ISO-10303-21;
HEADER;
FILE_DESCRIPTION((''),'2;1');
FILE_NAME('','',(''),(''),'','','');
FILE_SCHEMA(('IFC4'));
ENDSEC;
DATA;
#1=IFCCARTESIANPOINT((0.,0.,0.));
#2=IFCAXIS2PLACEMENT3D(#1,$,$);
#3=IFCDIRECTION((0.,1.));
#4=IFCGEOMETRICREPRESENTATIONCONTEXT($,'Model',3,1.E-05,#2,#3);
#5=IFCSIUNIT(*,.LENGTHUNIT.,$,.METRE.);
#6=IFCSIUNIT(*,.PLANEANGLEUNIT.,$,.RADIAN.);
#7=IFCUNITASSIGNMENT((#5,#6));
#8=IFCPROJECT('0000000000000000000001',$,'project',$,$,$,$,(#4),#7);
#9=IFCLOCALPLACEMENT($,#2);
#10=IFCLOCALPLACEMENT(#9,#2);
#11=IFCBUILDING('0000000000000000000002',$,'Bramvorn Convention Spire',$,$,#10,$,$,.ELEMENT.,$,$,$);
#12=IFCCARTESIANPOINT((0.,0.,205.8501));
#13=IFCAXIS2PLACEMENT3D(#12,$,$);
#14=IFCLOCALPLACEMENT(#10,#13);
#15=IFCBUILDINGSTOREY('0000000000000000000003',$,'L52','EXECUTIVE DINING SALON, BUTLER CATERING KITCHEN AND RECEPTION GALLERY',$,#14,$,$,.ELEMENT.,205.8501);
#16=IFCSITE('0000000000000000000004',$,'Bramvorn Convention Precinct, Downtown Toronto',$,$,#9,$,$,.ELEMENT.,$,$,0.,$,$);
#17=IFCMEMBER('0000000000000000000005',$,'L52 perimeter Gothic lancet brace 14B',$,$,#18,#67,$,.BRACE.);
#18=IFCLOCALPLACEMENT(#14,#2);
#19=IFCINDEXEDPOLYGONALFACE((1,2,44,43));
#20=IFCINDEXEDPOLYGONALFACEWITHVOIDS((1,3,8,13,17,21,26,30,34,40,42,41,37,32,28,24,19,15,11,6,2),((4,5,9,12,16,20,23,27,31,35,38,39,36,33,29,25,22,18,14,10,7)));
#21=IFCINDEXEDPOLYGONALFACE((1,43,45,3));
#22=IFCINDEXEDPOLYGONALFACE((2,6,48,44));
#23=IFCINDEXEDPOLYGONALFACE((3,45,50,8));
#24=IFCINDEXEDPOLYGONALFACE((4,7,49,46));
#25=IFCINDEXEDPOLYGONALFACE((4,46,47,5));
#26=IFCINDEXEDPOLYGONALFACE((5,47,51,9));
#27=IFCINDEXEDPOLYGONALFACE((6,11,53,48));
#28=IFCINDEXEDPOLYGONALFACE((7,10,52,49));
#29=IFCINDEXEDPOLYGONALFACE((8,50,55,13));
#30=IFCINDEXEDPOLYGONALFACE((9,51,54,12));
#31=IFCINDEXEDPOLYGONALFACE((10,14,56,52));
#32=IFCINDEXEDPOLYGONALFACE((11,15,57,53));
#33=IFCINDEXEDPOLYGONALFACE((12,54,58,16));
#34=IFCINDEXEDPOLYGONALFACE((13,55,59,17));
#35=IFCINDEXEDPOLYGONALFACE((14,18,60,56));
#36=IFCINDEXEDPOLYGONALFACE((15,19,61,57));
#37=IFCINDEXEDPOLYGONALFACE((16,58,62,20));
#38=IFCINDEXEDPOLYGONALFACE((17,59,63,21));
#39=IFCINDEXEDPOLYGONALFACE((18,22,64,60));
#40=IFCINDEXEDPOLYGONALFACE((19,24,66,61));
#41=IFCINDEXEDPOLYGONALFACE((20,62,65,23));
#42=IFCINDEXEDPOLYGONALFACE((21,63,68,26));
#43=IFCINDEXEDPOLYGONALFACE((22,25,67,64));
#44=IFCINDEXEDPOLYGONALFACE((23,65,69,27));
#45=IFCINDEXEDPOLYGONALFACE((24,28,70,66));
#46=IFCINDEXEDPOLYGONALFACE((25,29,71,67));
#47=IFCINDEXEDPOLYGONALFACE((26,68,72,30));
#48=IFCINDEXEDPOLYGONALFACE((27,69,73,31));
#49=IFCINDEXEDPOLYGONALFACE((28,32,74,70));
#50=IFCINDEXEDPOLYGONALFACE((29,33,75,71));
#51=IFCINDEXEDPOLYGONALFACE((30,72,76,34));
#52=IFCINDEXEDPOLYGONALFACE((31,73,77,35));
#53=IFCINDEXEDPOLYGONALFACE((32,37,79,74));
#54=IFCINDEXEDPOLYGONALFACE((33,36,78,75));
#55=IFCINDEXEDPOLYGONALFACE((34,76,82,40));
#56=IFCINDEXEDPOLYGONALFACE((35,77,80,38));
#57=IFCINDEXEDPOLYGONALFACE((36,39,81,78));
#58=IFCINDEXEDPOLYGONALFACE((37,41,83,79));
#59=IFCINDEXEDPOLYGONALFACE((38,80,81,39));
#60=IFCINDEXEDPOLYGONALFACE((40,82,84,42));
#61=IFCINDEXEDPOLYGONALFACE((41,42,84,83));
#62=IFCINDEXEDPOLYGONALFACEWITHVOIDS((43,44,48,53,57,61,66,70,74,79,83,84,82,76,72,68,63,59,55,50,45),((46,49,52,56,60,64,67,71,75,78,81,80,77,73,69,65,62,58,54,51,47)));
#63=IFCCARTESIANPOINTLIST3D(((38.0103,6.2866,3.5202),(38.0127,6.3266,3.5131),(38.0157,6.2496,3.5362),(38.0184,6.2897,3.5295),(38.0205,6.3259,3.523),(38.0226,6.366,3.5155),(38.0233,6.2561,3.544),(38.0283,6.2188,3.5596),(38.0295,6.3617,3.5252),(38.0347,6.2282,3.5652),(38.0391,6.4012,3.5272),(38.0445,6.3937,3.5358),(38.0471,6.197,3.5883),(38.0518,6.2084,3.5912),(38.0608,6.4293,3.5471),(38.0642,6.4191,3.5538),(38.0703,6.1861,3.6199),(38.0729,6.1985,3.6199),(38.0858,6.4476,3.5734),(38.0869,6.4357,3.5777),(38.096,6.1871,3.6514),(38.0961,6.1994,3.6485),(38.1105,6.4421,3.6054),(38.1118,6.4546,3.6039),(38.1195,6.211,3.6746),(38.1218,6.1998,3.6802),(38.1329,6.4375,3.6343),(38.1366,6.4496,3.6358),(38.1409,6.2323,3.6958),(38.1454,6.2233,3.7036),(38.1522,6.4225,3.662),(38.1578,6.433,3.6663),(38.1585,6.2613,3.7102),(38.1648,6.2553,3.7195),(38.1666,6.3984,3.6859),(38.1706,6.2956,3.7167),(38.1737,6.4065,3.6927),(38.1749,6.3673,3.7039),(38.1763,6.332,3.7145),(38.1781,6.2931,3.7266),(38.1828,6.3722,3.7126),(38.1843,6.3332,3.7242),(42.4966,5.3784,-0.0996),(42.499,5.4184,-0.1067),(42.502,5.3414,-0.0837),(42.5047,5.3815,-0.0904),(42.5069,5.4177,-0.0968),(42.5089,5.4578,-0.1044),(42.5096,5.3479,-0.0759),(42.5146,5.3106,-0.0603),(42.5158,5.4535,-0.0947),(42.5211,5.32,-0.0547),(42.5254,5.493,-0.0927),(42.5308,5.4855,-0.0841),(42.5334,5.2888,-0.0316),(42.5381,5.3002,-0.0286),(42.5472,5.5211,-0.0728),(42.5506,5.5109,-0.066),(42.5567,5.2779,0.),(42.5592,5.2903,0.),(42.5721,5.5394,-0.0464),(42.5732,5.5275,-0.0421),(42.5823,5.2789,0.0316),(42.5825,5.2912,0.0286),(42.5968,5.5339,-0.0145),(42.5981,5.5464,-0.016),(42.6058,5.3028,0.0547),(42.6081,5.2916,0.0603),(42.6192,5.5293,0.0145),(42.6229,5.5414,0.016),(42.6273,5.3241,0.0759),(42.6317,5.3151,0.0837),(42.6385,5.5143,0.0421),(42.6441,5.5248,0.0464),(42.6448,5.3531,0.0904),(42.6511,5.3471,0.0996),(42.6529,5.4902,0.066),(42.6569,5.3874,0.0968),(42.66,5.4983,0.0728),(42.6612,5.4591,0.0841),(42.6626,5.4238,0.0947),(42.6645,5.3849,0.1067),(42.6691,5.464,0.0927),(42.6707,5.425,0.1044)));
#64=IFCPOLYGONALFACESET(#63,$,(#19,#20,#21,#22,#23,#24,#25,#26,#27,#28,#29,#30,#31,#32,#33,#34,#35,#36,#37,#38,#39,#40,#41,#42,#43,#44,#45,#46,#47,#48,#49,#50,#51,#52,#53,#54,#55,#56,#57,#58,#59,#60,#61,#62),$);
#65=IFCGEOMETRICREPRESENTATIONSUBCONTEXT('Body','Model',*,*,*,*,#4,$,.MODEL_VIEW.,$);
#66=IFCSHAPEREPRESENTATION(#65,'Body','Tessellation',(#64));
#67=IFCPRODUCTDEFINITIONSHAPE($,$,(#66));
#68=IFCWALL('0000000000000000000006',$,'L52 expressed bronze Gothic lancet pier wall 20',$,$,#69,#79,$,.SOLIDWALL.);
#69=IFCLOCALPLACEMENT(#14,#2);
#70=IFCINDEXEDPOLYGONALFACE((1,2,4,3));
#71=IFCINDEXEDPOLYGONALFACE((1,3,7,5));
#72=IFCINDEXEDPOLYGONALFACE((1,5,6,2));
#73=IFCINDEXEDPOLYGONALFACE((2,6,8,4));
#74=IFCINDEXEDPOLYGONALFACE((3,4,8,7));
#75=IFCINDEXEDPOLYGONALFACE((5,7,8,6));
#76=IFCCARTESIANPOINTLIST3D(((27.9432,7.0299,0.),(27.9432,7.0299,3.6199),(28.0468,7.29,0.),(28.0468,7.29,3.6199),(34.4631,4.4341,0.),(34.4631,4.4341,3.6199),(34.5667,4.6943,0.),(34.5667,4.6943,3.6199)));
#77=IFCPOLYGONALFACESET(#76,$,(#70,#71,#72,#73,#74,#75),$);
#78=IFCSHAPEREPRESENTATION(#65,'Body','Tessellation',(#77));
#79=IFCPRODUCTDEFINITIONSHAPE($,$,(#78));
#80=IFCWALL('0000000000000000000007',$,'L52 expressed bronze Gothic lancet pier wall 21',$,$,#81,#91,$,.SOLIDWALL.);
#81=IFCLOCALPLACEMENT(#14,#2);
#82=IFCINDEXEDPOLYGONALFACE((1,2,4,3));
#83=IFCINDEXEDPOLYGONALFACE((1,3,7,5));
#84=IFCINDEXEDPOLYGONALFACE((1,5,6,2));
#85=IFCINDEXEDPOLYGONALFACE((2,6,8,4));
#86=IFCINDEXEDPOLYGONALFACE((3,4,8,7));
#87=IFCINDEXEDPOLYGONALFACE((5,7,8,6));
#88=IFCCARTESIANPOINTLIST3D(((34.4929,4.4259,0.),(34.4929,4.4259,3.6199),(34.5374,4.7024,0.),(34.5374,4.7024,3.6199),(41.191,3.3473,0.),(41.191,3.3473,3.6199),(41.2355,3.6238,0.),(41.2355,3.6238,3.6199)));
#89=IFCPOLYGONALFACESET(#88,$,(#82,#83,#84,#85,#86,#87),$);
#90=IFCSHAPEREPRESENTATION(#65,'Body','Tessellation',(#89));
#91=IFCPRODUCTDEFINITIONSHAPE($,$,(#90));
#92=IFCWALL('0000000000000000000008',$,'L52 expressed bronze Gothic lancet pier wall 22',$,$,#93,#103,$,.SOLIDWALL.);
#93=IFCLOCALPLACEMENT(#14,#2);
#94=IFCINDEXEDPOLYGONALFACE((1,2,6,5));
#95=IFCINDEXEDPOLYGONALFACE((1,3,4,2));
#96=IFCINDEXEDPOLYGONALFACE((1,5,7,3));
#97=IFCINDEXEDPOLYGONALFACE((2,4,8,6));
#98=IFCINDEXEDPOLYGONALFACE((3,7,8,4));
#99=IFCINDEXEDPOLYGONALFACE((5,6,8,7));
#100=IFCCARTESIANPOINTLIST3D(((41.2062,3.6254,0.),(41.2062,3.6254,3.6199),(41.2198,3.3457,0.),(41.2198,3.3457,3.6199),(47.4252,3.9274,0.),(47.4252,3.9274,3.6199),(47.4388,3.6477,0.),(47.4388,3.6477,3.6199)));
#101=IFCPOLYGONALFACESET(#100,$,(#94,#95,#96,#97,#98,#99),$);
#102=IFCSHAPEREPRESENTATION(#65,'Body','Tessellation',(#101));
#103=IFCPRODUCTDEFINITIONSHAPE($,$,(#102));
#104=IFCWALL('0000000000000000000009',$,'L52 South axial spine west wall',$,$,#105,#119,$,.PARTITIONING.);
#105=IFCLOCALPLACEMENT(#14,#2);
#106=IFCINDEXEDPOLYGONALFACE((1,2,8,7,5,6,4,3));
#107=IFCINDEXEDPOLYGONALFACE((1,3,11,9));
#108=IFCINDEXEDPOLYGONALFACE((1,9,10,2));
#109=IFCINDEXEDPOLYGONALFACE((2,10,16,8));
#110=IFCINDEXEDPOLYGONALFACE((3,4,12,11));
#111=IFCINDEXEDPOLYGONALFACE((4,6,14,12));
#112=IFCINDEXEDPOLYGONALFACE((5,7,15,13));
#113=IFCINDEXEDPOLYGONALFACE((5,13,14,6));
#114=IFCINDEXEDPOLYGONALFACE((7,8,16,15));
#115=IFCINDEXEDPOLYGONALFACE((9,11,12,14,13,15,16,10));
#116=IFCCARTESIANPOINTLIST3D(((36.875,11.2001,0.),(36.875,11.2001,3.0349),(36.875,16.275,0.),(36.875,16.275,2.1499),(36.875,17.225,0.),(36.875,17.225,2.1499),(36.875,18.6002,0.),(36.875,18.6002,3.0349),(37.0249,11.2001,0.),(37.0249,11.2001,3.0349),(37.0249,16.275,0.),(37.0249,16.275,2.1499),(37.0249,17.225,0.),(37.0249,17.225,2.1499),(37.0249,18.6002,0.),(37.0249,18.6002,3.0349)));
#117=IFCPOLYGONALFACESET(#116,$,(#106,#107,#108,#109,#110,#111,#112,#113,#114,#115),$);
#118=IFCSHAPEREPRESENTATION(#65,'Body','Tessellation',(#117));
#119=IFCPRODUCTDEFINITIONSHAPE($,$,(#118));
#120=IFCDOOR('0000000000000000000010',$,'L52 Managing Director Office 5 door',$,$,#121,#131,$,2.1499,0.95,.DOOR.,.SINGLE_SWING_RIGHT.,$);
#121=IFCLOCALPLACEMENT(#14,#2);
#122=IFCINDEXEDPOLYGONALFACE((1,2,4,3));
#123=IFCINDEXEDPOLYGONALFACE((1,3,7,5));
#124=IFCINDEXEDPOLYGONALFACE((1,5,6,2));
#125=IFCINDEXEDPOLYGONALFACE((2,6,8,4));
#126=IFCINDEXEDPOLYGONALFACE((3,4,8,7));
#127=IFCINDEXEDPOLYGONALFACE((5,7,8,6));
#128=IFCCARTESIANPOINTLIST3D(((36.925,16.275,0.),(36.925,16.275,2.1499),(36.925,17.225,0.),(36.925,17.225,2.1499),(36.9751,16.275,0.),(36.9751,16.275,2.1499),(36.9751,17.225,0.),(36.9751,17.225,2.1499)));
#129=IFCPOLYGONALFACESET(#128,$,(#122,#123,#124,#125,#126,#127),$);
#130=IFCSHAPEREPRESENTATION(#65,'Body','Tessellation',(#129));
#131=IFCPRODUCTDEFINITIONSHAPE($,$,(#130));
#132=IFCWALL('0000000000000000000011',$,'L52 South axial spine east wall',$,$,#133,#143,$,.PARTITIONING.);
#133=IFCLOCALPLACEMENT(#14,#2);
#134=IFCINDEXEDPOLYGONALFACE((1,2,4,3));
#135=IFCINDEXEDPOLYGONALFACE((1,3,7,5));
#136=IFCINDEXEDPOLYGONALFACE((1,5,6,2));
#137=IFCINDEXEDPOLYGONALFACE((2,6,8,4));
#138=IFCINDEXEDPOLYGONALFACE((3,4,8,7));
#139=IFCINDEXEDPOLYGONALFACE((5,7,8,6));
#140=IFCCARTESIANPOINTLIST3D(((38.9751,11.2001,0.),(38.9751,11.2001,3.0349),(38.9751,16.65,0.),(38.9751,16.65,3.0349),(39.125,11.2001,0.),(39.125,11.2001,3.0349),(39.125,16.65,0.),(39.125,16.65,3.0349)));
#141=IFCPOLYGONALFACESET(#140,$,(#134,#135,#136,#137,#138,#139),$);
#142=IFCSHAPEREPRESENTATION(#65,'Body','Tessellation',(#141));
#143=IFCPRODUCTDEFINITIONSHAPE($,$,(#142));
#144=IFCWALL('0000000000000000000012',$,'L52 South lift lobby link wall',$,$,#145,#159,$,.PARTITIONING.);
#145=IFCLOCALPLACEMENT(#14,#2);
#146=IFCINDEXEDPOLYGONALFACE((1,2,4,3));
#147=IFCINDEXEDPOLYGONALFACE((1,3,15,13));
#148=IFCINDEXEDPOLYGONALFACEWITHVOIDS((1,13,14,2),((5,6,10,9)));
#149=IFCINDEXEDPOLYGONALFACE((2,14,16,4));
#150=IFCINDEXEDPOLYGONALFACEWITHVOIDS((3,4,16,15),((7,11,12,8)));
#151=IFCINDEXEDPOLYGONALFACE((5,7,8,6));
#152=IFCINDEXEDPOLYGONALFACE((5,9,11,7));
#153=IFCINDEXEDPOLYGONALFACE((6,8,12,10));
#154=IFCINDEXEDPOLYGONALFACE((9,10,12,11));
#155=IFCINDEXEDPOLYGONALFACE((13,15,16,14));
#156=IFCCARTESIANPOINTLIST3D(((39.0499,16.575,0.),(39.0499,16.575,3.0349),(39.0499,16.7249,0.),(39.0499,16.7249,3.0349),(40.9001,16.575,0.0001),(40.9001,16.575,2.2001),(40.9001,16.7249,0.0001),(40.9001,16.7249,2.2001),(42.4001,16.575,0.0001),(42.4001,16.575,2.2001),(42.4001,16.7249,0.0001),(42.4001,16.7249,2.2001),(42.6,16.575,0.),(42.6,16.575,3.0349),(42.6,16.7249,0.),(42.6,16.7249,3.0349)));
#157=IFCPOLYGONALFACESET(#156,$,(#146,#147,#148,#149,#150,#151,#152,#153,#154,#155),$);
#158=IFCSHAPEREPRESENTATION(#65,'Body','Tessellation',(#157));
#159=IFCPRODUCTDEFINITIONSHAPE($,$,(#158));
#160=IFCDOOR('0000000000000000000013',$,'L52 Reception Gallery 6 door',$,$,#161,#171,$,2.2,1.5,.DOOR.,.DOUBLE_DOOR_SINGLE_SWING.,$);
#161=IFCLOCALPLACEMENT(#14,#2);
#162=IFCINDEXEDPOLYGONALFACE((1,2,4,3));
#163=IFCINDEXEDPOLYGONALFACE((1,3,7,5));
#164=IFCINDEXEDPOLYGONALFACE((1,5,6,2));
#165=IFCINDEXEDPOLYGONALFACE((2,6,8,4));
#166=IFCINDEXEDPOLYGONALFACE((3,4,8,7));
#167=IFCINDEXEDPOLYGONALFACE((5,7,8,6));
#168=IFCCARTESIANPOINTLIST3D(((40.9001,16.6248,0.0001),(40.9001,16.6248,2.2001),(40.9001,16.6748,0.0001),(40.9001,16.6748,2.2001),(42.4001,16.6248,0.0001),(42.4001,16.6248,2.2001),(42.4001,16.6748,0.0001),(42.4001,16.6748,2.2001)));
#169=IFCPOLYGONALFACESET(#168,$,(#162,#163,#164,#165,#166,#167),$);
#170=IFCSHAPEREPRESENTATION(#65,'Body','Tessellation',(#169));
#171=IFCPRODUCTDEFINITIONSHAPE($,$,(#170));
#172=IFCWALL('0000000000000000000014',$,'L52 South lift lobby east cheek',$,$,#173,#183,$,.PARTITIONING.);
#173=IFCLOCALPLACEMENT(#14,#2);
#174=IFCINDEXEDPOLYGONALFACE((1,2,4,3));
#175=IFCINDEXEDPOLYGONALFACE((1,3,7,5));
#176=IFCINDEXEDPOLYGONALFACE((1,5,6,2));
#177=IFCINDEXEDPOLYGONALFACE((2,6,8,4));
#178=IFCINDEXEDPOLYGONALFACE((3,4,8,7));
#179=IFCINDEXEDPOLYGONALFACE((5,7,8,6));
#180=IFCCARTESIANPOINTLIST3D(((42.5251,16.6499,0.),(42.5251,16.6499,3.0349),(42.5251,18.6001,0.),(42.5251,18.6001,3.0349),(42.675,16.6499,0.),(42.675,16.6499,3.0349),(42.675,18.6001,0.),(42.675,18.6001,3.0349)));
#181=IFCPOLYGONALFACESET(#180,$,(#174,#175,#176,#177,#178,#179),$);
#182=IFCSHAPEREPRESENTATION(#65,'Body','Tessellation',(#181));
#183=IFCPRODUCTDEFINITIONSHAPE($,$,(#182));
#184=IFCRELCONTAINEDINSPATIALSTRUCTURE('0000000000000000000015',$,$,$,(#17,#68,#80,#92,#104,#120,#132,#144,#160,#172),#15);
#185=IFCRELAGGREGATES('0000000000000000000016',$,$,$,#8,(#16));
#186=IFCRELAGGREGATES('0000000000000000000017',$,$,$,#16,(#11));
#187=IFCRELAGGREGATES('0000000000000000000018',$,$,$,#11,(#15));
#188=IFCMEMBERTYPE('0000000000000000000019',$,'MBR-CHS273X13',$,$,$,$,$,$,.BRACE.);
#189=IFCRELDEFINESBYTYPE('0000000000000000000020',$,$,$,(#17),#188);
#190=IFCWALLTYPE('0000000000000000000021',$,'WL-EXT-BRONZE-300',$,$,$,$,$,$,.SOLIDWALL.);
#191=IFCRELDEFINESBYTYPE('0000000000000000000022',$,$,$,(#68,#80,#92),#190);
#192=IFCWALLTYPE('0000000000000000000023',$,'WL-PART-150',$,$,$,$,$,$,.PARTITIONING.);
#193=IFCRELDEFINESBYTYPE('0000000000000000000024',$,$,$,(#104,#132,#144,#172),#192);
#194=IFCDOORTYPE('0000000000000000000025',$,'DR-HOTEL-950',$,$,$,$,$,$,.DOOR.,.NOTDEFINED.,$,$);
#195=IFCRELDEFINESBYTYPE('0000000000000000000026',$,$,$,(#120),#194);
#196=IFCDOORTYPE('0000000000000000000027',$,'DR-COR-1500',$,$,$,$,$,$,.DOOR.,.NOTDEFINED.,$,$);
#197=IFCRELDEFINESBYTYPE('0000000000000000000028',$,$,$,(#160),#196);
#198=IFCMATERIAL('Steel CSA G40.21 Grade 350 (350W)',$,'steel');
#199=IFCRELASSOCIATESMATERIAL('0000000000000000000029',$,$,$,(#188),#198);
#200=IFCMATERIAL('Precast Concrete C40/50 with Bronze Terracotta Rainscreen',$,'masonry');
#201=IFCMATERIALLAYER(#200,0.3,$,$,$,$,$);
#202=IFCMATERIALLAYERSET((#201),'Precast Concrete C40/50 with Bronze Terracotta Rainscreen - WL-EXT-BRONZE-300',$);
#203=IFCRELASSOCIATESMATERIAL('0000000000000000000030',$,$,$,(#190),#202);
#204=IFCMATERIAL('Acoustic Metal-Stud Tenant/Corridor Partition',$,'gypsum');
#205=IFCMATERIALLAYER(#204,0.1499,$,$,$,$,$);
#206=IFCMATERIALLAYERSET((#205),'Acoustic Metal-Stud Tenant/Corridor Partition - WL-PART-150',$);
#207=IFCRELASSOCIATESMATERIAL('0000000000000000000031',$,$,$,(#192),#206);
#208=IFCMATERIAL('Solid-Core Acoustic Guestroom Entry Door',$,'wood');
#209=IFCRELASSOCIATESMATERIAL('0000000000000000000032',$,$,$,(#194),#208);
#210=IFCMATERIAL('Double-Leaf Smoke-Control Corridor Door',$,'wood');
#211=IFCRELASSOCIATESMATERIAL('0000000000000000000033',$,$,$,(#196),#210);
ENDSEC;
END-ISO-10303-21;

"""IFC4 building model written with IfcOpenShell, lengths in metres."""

from ifc_helpers import new_model, si_unit, direction, frame, frame_2d, origin, origin_2d, place, context, subcontext, project, spatial, rectangle, hollow_circle, extrude, material, layer, layer_set, material_profile, profile_set, type_object, element, fill, save


model = new_model("IFC4")

# Units and contexts
model_context = context("Model", 3, precision=1e-05, world=origin(), true_north=direction((0.0, 1.0)))
body_context = subcontext(model_context, "Body", "Model", "MODEL_VIEW")
ifc_project = project(units=[si_unit("LENGTHUNIT", "METRE"), si_unit("PLANEANGLEUNIT", "RADIAN")], contexts=[model_context])

# Site, building, storey
site_placement = place(None, origin())
site = spatial("IfcSite", under=ifc_project, at=site_placement, Name="Bramvorn Convention Precinct, Downtown Toronto", CompositionType="ELEMENT", RefElevation=0.0)
building_placement = place(site_placement, origin())
building = spatial("IfcBuilding", under=site, at=building_placement, Name="Bramvorn Convention Spire", CompositionType="ELEMENT")
storey_placement = place(building_placement, frame((0.0, 0.0, 205.8501)))
storey = spatial("IfcBuildingStorey", under=building, at=storey_placement, Name="L52", Description="EXECUTIVE DINING SALON, BUTLER CATERING KITCHEN AND RECEPTION GALLERY", CompositionType="ELEMENT", Elevation=205.8501)

# Shared definitions
ifc_material_1 = material(Name="Steel CSA G40.21 Grade 350 (350W)", Category="steel")

# Member
ifc_material_profile_1 = material_profile(ifc_material_1, hollow_circle(Radius=0.1365, WallThickness=0.0127, at=origin_2d()))
ifc_profile_set_1 = profile_set([ifc_material_profile_1], Name="Steel CSA G40.21 Grade 350 (350W) - CHS273X13")
member_type = type_object("IfcMemberType", Name="MBR-CHS273X13", PredefinedType="BRACE", material=ifc_profile_set_1)
member_1_placement = place(storey_placement, frame((42.5837, 5.4116, 0.0), z_axis=(-0.768772, 0.155629, 0.620297), x_axis=(-0.198413, -0.980118, 0.0)))
element("IfcMember", 1, at=member_1_placement, inside=storey, type_object=member_type, Name="L52 perimeter Gothic lancet brace 14B", PredefinedType="BRACE", context=body_context, shape_type="SweptSolid", body=[
    extrude(hollow_circle(Radius=0.1365, WallThickness=0.0127, at=origin_2d()), origin(), (0.0, 0.0, 1.0), 5.8357),
])

# Walls
ifc_material_2 = material(Name="Precast Concrete C40/50 with Bronze Terracotta Rainscreen", Category="masonry")
ifc_layer_1 = layer(ifc_material_2, 0.3)
ifc_layer_set_1 = layer_set([ifc_layer_1], Name="Precast Concrete C40/50 with Bronze Terracotta Rainscreen - WL-EXT-BRONZE-300")
wall_type_1 = type_object("IfcWallType", Name="WL-EXT-BRONZE-300", PredefinedType="SOLIDWALL", material=ifc_layer_set_1)
wall_1_placement = place(storey_placement, frame((34.5149, 4.5642, 0.0), z_axis=(0.0, 0.0, 1.0), x_axis=(-0.929075, 0.369891, 0.0)))
element("IfcWall", 2, at=wall_1_placement, inside=storey, type_object=wall_type_1, Name="L52 expressed bronze Gothic lancet pier wall 20", PredefinedType="SOLIDWALL", context=body_context, shape_type="SweptSolid", body=[
    extrude(rectangle(XDim=7.0176, YDim=0.28, at=frame_2d((3.5088, 0.0))), origin(), (0.0, 0.0, 1.0), 3.6199),
])
wall_2_placement = place(storey_placement, frame((41.2131, 3.4856, 0.0), z_axis=(0.0, 0.0, 1.0), x_axis=(-0.987282, 0.158981, 0.0)))
element("IfcWall", 3, at=wall_2_placement, inside=storey, type_object=wall_type_1, Name="L52 expressed bronze Gothic lancet pier wall 21", PredefinedType="SOLIDWALL", context=body_context, shape_type="SweptSolid", body=[
    extrude(rectangle(XDim=6.7844, YDim=0.28, at=frame_2d((3.3921, 0.0))), origin(), (0.0, 0.0, 1.0), 3.6199),
])
wall_3_placement = place(storey_placement, frame((47.4321, 3.7876, 0.0), z_axis=(0.0, 0.0, 1.0), x_axis=(-0.998823, -0.048504, 0.0)))
element("IfcWall", 4, at=wall_3_placement, inside=storey, type_object=wall_type_1, Name="L52 expressed bronze Gothic lancet pier wall 22", PredefinedType="SOLIDWALL", context=body_context, shape_type="SweptSolid", body=[
    extrude(rectangle(XDim=6.2263, YDim=0.28, at=frame_2d((3.1133, 0.0))), origin(), (0.0, 0.0, 1.0), 3.6199),
])

# Wall, opening, door
ifc_material_3 = material(Name="Acoustic Metal-Stud Tenant/Corridor Partition", Category="gypsum")
ifc_layer_2 = layer(ifc_material_3, 0.1499)
ifc_layer_set_2 = layer_set([ifc_layer_2], Name="Acoustic Metal-Stud Tenant/Corridor Partition - WL-PART-150")
wall_type_2 = type_object("IfcWallType", Name="WL-PART-150", PredefinedType="PARTITIONING", material=ifc_layer_set_2)
wall_4_placement = place(storey_placement, frame((36.95, 11.2, 0.0), z_axis=(0.0, 0.0, 1.0), x_axis=(0.0, 1.0, 0.0)))
wall_4 = element("IfcWall", 5, at=wall_4_placement, inside=storey, type_object=wall_type_2, Name="L52 South axial spine west wall", PredefinedType="PARTITIONING", context=body_context, shape_type="SweptSolid", body=[
    extrude(rectangle(XDim=7.4001, YDim=0.1499, at=frame_2d((3.7002, 0.0))), origin(), (0.0, 0.0, 1.0), 3.0349),
])
opening_1_placement = place(wall_4_placement, frame((5.075, 0.0, 0.0)))
opening_1 = element("IfcOpeningElement", 6, at=opening_1_placement, cuts=wall_4, PredefinedType="OPENING", context=body_context, shape_type="SweptSolid", body=[
    extrude(rectangle(XDim=0.95, YDim=2.1499, at=frame_2d((0.4751, 1.075))), frame((0.0, 0.085, 0.0), z_axis=(0.0, -1.0, 0.0), x_axis=(1.0, 0.0, 0.0)), (0.0, 0.0, 1.0), 0.1699),
])
ifc_material_4 = material(Name="Solid-Core Acoustic Guestroom Entry Door", Category="wood")
door_type_1 = type_object("IfcDoorType", Name="DR-HOTEL-950", OperationType="NOTDEFINED", PredefinedType="DOOR", material=ifc_material_4)
door_1_placement = place(opening_1_placement, origin())
door_1 = element("IfcDoor", 7, at=door_1_placement, inside=storey, type_object=door_type_1, Name="L52 Managing Director Office 5 door", OperationType="SINGLE_SWING_RIGHT", OverallHeight=2.1499, OverallWidth=0.95, PredefinedType="DOOR", context=body_context, shape_type="SweptSolid", body=[
    extrude(rectangle(XDim=0.95, YDim=2.1499, at=frame_2d((0.4751, 1.075))), frame((0.0, 0.0249, 0.0), z_axis=(0.0, -1.0, 0.0), x_axis=(1.0, 0.0, 0.0)), (0.0, 0.0, 1.0), 0.05),
])
fill(opening_1, door_1)

# Wall
wall_5_placement = place(storey_placement, frame((39.05, 11.2, 0.0), z_axis=(0.0, 0.0, 1.0), x_axis=(0.0, 1.0, 0.0)))
element("IfcWall", 8, at=wall_5_placement, inside=storey, type_object=wall_type_2, Name="L52 South axial spine east wall", PredefinedType="PARTITIONING", context=body_context, shape_type="SweptSolid", body=[
    extrude(rectangle(XDim=5.45, YDim=0.1499, at=frame_2d((2.7251, 0.0))), origin(), (0.0, 0.0, 1.0), 3.0349),
])

# Wall, opening, door
wall_6_placement = place(storey_placement, frame((39.05, 16.6499, 0.0), z_axis=(0.0, 0.0, 1.0), x_axis=(1.0, 0.0, 0.0)))
wall_6 = element("IfcWall", 9, at=wall_6_placement, inside=storey, type_object=wall_type_2, Name="L52 South lift lobby link wall", PredefinedType="PARTITIONING", context=body_context, shape_type="SweptSolid", body=[
    extrude(rectangle(XDim=3.55, YDim=0.1499, at=frame_2d((1.7749, 0.0))), origin(), (0.0, 0.0, 1.0), 3.0349),
])
opening_2_placement = place(wall_6_placement, frame((1.8501, 0.0, 0.0)))
opening_2 = element("IfcOpeningElement", 10, at=opening_2_placement, cuts=wall_6, PredefinedType="OPENING", context=body_context, shape_type="SweptSolid", body=[
    extrude(rectangle(XDim=1.5, YDim=2.2, at=frame_2d((0.75, 1.1001))), frame((0.0, 0.085, 0.0), z_axis=(0.0, -1.0, 0.0), x_axis=(1.0, 0.0, 0.0)), (0.0, 0.0, 1.0), 0.1699),
])
ifc_material_5 = material(Name="Double-Leaf Smoke-Control Corridor Door", Category="wood")
door_type_2 = type_object("IfcDoorType", Name="DR-COR-1500", OperationType="NOTDEFINED", PredefinedType="DOOR", material=ifc_material_5)
door_2_placement = place(opening_2_placement, origin())
door_2 = element("IfcDoor", 11, at=door_2_placement, inside=storey, type_object=door_type_2, Name="L52 Reception Gallery 6 door", OperationType="DOUBLE_DOOR_SINGLE_SWING", OverallHeight=2.2, OverallWidth=1.5, PredefinedType="DOOR", context=body_context, shape_type="SweptSolid", body=[
    extrude(rectangle(XDim=1.5, YDim=2.2, at=frame_2d((0.75, 1.1001))), frame((0.0, 0.0249, 0.0), z_axis=(0.0, -1.0, 0.0), x_axis=(1.0, 0.0, 0.0)), (0.0, 0.0, 1.0), 0.05),
])
fill(opening_2, door_2)

# Wall
wall_7_placement = place(storey_placement, frame((42.6001, 16.6499, 0.0), z_axis=(0.0, 0.0, 1.0), x_axis=(0.0, 1.0, 0.0)))
element("IfcWall", 12, at=wall_7_placement, inside=storey, type_object=wall_type_2, Name="L52 South lift lobby east cheek", PredefinedType="PARTITIONING", context=body_context, shape_type="SweptSolid", body=[
    extrude(rectangle(XDim=1.9502, YDim=0.1499, at=frame_2d((0.9751, 0.0))), origin(), (0.0, 0.0, 1.0), 3.0349),
])

save(model, "model.ifc")
